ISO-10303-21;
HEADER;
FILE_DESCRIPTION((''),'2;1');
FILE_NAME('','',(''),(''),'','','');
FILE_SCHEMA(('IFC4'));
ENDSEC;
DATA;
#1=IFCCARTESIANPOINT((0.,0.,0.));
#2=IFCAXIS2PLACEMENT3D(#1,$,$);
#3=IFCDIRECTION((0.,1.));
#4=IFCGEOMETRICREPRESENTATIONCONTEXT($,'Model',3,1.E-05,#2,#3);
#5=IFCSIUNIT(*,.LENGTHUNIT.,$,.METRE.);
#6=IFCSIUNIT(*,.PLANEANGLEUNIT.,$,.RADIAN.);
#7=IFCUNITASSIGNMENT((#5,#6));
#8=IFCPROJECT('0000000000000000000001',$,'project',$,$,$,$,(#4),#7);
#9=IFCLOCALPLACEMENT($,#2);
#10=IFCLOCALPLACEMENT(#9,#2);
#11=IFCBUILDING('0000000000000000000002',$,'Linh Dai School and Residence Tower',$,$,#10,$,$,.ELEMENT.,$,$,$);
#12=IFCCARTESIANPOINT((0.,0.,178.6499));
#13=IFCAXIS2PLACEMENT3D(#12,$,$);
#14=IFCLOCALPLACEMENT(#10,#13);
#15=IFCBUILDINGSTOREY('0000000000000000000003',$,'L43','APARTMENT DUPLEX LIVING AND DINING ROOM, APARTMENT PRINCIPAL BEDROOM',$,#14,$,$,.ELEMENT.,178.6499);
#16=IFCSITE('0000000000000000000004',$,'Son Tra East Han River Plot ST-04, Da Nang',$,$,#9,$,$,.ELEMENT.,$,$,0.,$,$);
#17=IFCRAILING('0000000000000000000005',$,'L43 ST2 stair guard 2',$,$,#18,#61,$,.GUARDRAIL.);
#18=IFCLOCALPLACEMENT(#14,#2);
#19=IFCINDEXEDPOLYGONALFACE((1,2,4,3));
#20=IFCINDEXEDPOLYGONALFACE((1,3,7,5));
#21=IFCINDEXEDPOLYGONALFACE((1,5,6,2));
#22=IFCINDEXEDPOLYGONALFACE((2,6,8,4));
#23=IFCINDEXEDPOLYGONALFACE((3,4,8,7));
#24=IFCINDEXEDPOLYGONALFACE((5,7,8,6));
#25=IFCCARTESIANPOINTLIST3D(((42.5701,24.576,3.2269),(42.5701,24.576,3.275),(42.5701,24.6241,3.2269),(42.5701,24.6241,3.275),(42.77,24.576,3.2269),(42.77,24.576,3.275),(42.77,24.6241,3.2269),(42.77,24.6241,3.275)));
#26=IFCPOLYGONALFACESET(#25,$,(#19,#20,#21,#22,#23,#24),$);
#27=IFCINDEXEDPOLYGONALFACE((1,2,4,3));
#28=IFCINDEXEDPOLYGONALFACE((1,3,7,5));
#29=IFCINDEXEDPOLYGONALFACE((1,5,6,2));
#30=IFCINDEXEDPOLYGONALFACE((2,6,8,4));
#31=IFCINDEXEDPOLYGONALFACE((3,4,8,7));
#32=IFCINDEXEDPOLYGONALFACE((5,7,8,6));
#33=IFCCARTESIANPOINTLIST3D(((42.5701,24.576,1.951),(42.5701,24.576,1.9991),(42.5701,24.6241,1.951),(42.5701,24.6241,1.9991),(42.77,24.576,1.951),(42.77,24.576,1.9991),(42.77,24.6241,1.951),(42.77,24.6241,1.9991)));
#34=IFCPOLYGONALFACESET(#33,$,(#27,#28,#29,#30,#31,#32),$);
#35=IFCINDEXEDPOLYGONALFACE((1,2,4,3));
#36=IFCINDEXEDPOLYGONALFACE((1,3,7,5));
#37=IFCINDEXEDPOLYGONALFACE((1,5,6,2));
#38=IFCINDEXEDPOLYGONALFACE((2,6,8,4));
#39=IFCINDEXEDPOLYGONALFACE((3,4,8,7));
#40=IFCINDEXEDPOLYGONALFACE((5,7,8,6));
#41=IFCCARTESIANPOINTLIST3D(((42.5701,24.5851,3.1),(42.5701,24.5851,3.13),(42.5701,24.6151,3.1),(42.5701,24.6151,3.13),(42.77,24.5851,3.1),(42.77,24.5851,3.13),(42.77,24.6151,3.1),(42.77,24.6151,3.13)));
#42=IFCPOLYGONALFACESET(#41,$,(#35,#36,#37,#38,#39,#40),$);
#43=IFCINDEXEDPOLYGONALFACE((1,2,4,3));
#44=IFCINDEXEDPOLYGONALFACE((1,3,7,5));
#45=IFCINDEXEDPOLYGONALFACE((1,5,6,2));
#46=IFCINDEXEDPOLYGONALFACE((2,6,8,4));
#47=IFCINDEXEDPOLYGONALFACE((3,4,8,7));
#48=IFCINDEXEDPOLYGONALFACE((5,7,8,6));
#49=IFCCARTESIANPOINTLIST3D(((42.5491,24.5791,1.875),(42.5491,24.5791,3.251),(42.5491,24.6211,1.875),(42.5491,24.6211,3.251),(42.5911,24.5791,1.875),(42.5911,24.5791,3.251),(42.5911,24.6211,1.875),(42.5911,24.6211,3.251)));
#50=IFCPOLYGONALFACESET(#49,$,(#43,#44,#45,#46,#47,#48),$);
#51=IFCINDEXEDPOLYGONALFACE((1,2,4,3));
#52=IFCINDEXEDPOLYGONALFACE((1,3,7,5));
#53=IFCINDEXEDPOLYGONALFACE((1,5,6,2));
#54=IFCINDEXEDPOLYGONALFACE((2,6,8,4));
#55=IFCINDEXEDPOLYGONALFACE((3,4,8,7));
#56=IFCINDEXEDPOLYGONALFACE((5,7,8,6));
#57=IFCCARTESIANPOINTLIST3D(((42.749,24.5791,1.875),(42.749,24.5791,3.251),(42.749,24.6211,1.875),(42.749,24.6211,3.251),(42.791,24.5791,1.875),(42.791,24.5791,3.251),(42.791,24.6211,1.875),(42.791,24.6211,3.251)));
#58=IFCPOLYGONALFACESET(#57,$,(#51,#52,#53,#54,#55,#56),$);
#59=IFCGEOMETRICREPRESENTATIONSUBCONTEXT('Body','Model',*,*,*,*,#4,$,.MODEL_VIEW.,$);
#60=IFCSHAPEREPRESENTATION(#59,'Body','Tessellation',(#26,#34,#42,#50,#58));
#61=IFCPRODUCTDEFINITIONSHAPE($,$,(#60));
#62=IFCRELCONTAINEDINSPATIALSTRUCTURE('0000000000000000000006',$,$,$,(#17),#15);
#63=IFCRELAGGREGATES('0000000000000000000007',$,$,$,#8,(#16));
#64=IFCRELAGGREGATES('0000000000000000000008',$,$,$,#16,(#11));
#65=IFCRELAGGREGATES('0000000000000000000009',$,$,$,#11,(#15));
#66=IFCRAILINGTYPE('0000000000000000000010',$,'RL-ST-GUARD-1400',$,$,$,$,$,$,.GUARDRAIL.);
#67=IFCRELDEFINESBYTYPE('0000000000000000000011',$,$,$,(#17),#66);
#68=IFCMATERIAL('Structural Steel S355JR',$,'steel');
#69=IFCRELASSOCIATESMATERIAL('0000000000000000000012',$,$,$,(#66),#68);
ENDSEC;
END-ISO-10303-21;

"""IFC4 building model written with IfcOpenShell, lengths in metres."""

from ifc_helpers import new_model, si_unit, direction, frame, origin, origin_2d, place, context, subcontext, project, spatial, rectangle, extrude, source, transform, mapped, material, type_object, element, save


model = new_model("IFC4")

# Units and contexts
model_context = context("Model", 3, precision=1e-05, world=origin(), true_north=direction((0.0, 1.0)))
body_context = subcontext(model_context, "Body", "Model", "MODEL_VIEW")
ifc_project = project(units=[si_unit("LENGTHUNIT", "METRE"), si_unit("PLANEANGLEUNIT", "RADIAN")], contexts=[model_context])

# Site, building, storey
site_placement = place(None, origin())
site = spatial("IfcSite", under=ifc_project, at=site_placement, Name="Son Tra East Han River Plot ST-04, Da Nang", CompositionType="ELEMENT", RefElevation=0.0)
building_placement = place(site_placement, origin())
building = spatial("IfcBuilding", under=site, at=building_placement, Name="Linh Dai School and Residence Tower", CompositionType="ELEMENT")
storey_placement = place(building_placement, frame((0.0, 0.0, 178.6499)))
storey = spatial("IfcBuildingStorey", under=building, at=storey_placement, Name="L43", Description="APARTMENT DUPLEX LIVING AND DINING ROOM, APARTMENT PRINCIPAL BEDROOM", CompositionType="ELEMENT", Elevation=178.6499)

# Shared definitions
ifc_material_1 = material(Name="Structural Steel S355JR", Category="steel")

# Railing
railing_type_1 = type_object("IfcRailingType", Name="RL-ST-GUARD-1400", PredefinedType="GUARDRAIL", material=ifc_material_1)
shared_shape_1 = source(origin(), body_context, "Body", "SweptSolid", [
    extrude(rectangle(XDim=0.0481, YDim=0.0481, at=origin_2d()), frame((0.0, 0.0, 1.376), z_axis=(1.0, 0.0, 0.0), x_axis=(0.0, 1.0, 0.0)), (0.0, 0.0, 1.0), 0.2),
    extrude(rectangle(XDim=0.0481, YDim=0.0481, at=origin_2d()), frame((0.0, 0.0, 0.1001), z_axis=(1.0, 0.0, 0.0), x_axis=(0.0, 1.0, 0.0)), (0.0, 0.0, 1.0), 0.2),
    extrude(rectangle(XDim=0.03, YDim=0.03, at=origin_2d()), frame((0.0, 0.0, 1.24), z_axis=(1.0, 0.0, 0.0), x_axis=(0.0, 1.0, 0.0)), (0.0, 0.0, 1.0), 0.2),
    extrude(rectangle(XDim=0.042, YDim=0.042, at=origin_2d()), origin(), (0.0, 0.0, 1.0), 1.376),
    extrude(rectangle(XDim=0.042, YDim=0.042, at=origin_2d()), frame((0.2, 0.0, 0.0)), (0.0, 0.0, 1.0), 1.376),
])
railing_1_placement = place(storey_placement, frame((42.5701, 24.6001, 1.875)))
element("IfcRailing", 1, at=railing_1_placement, inside=storey, type_object=railing_type_1, Name="L43 ST2 stair guard 2", PredefinedType="GUARDRAIL", context=body_context, shape_type="MappedRepresentation", body=[
    mapped(shared_shape_1, transform((0.0, 0.0, 0.0), x_axis=(1.0, 0.0, 0.0), y_axis=(0.0, 1.0, 0.0), z_axis=(0.0, 0.0, 1.0), scale=1.0)),
])

save(model, "model.ifc")
